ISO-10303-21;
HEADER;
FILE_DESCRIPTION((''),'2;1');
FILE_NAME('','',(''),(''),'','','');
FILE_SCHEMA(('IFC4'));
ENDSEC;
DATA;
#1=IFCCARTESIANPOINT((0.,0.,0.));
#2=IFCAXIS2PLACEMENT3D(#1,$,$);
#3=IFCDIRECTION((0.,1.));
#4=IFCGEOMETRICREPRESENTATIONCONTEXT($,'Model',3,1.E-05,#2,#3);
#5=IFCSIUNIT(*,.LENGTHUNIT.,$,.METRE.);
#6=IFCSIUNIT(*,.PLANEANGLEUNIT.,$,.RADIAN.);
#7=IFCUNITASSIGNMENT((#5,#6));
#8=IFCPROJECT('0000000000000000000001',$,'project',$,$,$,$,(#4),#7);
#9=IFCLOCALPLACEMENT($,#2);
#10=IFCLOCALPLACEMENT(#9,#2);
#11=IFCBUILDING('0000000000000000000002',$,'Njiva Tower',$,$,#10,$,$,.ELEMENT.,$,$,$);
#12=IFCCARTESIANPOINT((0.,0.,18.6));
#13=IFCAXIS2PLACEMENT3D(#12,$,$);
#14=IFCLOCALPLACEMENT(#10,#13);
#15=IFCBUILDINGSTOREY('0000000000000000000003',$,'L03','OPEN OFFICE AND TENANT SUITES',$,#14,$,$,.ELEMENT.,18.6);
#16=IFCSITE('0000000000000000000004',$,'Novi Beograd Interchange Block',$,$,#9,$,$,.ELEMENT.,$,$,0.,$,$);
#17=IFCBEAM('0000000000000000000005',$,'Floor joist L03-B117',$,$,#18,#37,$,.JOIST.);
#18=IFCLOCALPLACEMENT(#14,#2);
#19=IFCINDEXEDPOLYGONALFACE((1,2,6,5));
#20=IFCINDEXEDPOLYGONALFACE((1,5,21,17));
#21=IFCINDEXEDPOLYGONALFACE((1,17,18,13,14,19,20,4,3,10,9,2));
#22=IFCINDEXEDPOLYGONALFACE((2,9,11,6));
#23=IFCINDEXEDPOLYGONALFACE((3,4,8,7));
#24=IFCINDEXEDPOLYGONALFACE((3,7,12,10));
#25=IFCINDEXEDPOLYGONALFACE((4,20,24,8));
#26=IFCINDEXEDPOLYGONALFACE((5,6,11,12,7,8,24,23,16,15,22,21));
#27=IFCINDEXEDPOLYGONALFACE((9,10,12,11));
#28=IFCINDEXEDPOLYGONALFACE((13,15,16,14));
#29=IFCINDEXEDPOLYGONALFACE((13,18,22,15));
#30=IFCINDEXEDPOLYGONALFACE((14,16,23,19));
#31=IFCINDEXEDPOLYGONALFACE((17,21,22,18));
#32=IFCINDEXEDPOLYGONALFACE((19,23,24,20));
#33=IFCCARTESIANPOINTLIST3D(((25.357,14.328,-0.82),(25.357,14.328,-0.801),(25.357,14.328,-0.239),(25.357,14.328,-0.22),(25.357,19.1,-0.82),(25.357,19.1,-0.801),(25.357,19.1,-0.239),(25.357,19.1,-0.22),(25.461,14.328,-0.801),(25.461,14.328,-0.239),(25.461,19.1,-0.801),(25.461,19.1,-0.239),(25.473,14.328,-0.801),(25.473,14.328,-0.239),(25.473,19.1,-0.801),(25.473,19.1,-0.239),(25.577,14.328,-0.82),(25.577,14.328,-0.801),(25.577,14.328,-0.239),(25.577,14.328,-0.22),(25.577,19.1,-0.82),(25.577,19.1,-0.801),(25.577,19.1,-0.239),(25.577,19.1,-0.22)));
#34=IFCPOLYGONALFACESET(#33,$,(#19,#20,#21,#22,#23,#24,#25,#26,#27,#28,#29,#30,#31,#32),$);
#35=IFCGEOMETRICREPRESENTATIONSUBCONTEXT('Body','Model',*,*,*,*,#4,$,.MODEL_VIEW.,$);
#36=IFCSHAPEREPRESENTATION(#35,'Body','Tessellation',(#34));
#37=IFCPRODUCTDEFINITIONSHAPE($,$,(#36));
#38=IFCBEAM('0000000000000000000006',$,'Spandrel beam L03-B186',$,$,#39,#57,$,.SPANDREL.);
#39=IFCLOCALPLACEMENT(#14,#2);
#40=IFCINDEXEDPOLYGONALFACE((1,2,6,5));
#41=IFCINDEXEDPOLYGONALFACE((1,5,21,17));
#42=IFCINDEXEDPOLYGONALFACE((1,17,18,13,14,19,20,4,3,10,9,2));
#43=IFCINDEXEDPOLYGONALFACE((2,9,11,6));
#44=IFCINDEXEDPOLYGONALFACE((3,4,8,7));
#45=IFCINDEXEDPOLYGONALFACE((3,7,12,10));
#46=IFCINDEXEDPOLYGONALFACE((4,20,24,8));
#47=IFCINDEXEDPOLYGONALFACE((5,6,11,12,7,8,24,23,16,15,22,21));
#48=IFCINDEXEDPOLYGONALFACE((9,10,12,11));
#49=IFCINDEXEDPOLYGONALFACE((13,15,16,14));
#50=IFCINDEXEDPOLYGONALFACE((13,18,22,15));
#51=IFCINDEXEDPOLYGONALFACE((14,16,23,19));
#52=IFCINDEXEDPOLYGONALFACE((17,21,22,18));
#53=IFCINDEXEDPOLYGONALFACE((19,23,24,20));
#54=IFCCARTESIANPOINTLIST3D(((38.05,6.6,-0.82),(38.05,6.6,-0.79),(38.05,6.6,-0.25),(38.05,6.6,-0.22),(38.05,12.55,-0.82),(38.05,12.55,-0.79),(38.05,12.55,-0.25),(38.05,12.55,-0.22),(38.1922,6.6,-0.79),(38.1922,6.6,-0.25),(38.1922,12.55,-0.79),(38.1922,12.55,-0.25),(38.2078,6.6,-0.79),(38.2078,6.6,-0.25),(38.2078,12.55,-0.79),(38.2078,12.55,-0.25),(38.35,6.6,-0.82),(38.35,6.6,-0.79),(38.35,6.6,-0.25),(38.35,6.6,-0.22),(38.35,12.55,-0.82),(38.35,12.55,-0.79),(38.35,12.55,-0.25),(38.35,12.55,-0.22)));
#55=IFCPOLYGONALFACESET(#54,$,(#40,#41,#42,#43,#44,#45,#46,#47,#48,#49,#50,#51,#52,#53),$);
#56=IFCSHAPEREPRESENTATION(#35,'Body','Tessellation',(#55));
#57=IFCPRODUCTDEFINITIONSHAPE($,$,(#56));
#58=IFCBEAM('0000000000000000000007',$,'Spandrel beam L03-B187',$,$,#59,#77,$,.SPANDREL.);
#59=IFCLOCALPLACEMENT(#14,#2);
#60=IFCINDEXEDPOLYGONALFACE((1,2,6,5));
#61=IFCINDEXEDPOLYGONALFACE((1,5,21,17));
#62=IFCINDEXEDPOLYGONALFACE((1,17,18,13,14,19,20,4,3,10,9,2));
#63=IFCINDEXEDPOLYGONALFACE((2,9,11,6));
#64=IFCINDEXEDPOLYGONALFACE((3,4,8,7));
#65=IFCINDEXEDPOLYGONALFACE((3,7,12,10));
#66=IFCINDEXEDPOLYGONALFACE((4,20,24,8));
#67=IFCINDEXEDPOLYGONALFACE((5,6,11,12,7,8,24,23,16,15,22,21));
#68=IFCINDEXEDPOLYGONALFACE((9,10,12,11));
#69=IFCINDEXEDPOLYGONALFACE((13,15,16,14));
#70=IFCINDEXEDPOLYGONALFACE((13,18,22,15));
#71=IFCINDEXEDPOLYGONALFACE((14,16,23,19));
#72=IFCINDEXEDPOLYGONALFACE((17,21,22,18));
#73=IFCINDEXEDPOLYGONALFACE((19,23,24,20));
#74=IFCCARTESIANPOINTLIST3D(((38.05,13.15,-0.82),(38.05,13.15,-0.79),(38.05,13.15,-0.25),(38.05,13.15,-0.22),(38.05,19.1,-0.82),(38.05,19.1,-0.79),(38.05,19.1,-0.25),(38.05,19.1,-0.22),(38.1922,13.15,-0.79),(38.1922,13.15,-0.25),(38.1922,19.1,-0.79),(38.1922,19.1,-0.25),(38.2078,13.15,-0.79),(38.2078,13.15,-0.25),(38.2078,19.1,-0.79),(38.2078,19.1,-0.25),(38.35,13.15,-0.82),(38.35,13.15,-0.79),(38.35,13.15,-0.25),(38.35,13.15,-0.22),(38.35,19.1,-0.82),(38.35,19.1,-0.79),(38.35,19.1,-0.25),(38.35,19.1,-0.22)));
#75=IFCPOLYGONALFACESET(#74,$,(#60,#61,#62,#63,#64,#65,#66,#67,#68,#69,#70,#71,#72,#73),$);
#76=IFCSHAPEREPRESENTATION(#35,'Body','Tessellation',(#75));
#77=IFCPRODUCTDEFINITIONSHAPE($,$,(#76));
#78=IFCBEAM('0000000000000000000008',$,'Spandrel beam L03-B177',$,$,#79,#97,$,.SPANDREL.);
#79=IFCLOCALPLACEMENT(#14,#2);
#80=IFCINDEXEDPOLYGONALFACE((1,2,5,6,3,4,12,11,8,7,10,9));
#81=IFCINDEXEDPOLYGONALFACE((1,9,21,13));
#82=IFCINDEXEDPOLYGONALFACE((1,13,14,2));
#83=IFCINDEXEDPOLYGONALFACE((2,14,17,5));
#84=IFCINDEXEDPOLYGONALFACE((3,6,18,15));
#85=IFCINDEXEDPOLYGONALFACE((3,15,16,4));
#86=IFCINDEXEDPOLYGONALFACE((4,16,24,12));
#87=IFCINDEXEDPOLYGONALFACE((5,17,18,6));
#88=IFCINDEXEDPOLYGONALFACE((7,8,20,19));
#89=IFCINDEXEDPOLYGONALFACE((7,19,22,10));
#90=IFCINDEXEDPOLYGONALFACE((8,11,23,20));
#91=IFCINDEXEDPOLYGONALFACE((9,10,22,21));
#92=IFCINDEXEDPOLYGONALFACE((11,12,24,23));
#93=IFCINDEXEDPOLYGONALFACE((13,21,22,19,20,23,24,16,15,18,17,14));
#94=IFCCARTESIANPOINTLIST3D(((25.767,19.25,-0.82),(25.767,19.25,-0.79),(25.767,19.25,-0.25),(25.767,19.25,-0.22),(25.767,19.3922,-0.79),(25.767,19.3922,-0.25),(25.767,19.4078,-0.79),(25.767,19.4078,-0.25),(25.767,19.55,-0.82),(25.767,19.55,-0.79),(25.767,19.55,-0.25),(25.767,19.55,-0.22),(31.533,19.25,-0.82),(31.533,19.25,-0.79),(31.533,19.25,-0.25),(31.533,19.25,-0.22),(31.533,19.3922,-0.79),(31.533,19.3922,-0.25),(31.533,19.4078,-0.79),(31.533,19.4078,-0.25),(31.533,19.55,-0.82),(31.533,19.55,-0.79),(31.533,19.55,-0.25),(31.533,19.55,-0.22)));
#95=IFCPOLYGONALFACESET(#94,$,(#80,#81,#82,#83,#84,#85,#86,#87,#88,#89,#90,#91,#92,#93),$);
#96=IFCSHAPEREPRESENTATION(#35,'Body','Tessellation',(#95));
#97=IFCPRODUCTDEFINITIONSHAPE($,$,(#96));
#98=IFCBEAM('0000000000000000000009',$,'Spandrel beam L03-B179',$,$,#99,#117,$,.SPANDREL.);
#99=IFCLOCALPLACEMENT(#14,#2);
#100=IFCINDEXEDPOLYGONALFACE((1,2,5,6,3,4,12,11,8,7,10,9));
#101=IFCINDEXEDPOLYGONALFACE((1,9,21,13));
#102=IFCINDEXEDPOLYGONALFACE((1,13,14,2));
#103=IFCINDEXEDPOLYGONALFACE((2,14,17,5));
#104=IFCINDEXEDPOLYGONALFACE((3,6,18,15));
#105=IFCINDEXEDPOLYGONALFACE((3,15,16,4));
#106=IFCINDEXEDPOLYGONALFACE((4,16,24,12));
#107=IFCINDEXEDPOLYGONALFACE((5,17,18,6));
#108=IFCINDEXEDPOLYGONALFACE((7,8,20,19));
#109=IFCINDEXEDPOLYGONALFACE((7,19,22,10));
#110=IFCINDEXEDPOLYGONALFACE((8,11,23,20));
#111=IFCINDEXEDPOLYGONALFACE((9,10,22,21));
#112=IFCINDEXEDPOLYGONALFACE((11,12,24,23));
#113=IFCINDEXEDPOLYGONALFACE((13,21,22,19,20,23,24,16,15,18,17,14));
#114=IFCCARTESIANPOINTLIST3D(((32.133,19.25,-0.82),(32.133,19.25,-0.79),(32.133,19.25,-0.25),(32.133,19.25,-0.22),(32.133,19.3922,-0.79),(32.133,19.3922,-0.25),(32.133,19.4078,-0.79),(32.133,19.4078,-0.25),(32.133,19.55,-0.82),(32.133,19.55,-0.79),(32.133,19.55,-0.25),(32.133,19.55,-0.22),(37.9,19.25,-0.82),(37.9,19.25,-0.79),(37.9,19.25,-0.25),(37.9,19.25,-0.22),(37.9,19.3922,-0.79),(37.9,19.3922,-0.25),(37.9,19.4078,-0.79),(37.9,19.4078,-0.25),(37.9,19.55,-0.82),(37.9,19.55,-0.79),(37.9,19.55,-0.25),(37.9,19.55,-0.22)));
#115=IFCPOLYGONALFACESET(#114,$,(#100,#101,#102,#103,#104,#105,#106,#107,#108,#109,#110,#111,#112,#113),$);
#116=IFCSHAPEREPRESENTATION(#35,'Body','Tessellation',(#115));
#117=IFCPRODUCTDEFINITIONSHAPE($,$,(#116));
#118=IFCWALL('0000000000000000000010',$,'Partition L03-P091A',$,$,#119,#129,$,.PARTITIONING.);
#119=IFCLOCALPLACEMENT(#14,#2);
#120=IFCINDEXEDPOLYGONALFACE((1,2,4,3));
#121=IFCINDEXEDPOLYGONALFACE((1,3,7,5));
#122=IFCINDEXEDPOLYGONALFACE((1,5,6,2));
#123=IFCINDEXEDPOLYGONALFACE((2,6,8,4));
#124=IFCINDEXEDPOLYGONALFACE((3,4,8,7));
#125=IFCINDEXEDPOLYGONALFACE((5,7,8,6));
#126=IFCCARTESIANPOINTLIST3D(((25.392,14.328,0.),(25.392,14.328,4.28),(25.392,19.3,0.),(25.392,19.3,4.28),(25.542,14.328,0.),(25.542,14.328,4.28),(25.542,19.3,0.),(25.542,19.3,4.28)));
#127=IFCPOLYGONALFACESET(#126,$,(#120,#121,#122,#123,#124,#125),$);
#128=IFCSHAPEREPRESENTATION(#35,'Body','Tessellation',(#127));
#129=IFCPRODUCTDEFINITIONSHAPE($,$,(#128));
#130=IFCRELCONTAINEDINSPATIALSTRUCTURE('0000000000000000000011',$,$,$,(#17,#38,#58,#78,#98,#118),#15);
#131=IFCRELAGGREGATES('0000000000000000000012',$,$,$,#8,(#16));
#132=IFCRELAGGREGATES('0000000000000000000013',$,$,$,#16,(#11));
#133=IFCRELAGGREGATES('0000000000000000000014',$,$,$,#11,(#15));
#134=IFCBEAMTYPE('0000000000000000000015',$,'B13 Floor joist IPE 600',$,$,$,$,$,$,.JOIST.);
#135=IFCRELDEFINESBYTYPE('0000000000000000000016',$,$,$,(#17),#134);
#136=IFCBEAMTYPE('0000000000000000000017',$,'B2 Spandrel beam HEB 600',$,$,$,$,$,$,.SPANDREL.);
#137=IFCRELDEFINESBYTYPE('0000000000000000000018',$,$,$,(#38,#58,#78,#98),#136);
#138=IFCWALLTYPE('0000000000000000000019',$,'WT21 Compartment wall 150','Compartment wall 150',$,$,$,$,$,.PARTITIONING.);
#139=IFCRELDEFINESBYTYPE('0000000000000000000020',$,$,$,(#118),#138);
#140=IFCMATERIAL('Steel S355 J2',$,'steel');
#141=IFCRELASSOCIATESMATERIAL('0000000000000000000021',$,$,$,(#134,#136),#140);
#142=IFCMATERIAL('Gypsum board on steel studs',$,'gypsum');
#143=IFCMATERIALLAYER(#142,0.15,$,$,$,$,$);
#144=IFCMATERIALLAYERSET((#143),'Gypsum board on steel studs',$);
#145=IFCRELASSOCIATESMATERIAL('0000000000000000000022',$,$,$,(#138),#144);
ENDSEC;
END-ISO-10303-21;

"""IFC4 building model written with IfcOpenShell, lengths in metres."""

from ifc_helpers import new_model, si_unit, direction, frame, frame_2d, origin, origin_2d, place, context, subcontext, project, spatial, rectangle, i_section, extrude, material, layer, layer_set, material_profile, profile_set, type_object, element, save


model = new_model("IFC4")

# Units and contexts
model_context = context("Model", 3, precision=1e-05, world=origin(), true_north=direction((0.0, 1.0)))
body_context = subcontext(model_context, "Body", "Model", "MODEL_VIEW")
ifc_project = project(units=[si_unit("LENGTHUNIT", "METRE"), si_unit("PLANEANGLEUNIT", "RADIAN")], contexts=[model_context])

# Site, building, storey
site_placement = place(None, origin())
site = spatial("IfcSite", under=ifc_project, at=site_placement, Name="Novi Beograd Interchange Block", CompositionType="ELEMENT", RefElevation=0.0)
building_placement = place(site_placement, origin())
building = spatial("IfcBuilding", under=site, at=building_placement, Name="Njiva Tower", CompositionType="ELEMENT")
storey_placement = place(building_placement, frame((0.0, 0.0, 18.6)))
storey = spatial("IfcBuildingStorey", under=building, at=storey_placement, Name="L03", Description="OPEN OFFICE AND TENANT SUITES", CompositionType="ELEMENT", Elevation=18.6)

# Shared definitions
ifc_material_1 = material(Name="Steel S355 J2", Category="steel")

# Beams
ifc_material_profile_1 = material_profile(ifc_material_1, i_section(OverallWidth=0.22, OverallDepth=0.6, WebThickness=0.012, FlangeThickness=0.019, at=origin_2d()), Name="IPE 600")
ifc_profile_set_1 = profile_set([ifc_material_profile_1], Name="Steel S355 J2")
beam_type_1 = type_object("IfcBeamType", Name="B13 Floor joist IPE 600", PredefinedType="JOIST", material=ifc_profile_set_1)
beam_1_placement = place(storey_placement, frame((25.467, 19.1, -0.52), z_axis=(0.0, -1.0, 0.0), x_axis=(1.0, 0.0, 0.0)))
element("IfcBeam", 1, at=beam_1_placement, inside=storey, type_object=beam_type_1, Name="Floor joist L03-B117", PredefinedType="JOIST", context=body_context, shape_type="SweptSolid", body=[
    extrude(i_section(OverallWidth=0.22, OverallDepth=0.6, WebThickness=0.012, FlangeThickness=0.019, at=origin_2d()), origin(), (0.0, 0.0, 1.0), 4.772),
])
ifc_material_profile_2 = material_profile(ifc_material_1, i_section(OverallWidth=0.3, OverallDepth=0.6, WebThickness=0.0155, FlangeThickness=0.03, at=origin_2d()), Name="HEB 600")
ifc_profile_set_2 = profile_set([ifc_material_profile_2], Name="Steel S355 J2")
beam_type_2 = type_object("IfcBeamType", Name="B2 Spandrel beam HEB 600", PredefinedType="SPANDREL", material=ifc_profile_set_2)
for number, where, z_axis, x_axis, name in (
    (2, (38.2, 6.6, -0.52), (0.0, 1.0, 0.0), (-1.0, 0.0, 0.0), "Spandrel beam L03-B186"),
    (3, (38.2, 13.15, -0.52), (0.0, 1.0, 0.0), (-1.0, 0.0, 0.0), "Spandrel beam L03-B187"),
):
    element("IfcBeam", number, at=place(storey_placement, frame(where, z_axis=z_axis, x_axis=x_axis)), inside=storey, type_object=beam_type_2, Name=name, PredefinedType="SPANDREL", context=body_context, shape_type="SweptSolid", body=[
        extrude(i_section(OverallWidth=0.3, OverallDepth=0.6, WebThickness=0.0155, FlangeThickness=0.03, at=origin_2d()), origin(), (0.0, 0.0, 1.0), 5.95),
    ])
beam_2_placement = place(storey_placement, frame((25.767, 19.4, -0.52), z_axis=(1.0, 0.0, 0.0), x_axis=(0.0, 1.0, 0.0)))
element("IfcBeam", 4, at=beam_2_placement, inside=storey, type_object=beam_type_2, Name="Spandrel beam L03-B177", PredefinedType="SPANDREL", context=body_context, shape_type="SweptSolid", body=[
    extrude(i_section(OverallWidth=0.3, OverallDepth=0.6, WebThickness=0.0155, FlangeThickness=0.03, at=origin_2d()), origin(), (0.0, 0.0, 1.0), 5.766),
])
beam_3_placement = place(storey_placement, frame((32.133, 19.4, -0.52), z_axis=(1.0, 0.0, 0.0), x_axis=(0.0, 1.0, 0.0)))
element("IfcBeam", 5, at=beam_3_placement, inside=storey, type_object=beam_type_2, Name="Spandrel beam L03-B179", PredefinedType="SPANDREL", context=body_context, shape_type="SweptSolid", body=[
    extrude(i_section(OverallWidth=0.3, OverallDepth=0.6, WebThickness=0.0155, FlangeThickness=0.03, at=origin_2d()), origin(), (0.0, 0.0, 1.0), 5.767),
])

# Wall
ifc_material_2 = material(Name="Gypsum board on steel studs", Category="gypsum")
ifc_layer_1 = layer(ifc_material_2, 0.15)
ifc_layer_set_1 = layer_set([ifc_layer_1], Name="Gypsum board on steel studs")
wall_type_1 = type_object("IfcWallType", Name="WT21 Compartment wall 150", Description="Compartment wall 150", PredefinedType="PARTITIONING", material=ifc_layer_set_1)
wall_1_placement = place(storey_placement, frame((25.467, 14.328, 0.0), z_axis=(0.0, 0.0, 1.0), x_axis=(0.0, 1.0, 0.0)))
element("IfcWall", 6, at=wall_1_placement, inside=storey, type_object=wall_type_1, Name="Partition L03-P091A", PredefinedType="PARTITIONING", context=body_context, shape_type="SweptSolid", body=[
    extrude(rectangle(XDim=4.972, YDim=0.15, at=frame_2d((2.486, 0.0))), origin(), (0.0, 0.0, 1.0), 4.28),
])

save(model, "model.ifc")
